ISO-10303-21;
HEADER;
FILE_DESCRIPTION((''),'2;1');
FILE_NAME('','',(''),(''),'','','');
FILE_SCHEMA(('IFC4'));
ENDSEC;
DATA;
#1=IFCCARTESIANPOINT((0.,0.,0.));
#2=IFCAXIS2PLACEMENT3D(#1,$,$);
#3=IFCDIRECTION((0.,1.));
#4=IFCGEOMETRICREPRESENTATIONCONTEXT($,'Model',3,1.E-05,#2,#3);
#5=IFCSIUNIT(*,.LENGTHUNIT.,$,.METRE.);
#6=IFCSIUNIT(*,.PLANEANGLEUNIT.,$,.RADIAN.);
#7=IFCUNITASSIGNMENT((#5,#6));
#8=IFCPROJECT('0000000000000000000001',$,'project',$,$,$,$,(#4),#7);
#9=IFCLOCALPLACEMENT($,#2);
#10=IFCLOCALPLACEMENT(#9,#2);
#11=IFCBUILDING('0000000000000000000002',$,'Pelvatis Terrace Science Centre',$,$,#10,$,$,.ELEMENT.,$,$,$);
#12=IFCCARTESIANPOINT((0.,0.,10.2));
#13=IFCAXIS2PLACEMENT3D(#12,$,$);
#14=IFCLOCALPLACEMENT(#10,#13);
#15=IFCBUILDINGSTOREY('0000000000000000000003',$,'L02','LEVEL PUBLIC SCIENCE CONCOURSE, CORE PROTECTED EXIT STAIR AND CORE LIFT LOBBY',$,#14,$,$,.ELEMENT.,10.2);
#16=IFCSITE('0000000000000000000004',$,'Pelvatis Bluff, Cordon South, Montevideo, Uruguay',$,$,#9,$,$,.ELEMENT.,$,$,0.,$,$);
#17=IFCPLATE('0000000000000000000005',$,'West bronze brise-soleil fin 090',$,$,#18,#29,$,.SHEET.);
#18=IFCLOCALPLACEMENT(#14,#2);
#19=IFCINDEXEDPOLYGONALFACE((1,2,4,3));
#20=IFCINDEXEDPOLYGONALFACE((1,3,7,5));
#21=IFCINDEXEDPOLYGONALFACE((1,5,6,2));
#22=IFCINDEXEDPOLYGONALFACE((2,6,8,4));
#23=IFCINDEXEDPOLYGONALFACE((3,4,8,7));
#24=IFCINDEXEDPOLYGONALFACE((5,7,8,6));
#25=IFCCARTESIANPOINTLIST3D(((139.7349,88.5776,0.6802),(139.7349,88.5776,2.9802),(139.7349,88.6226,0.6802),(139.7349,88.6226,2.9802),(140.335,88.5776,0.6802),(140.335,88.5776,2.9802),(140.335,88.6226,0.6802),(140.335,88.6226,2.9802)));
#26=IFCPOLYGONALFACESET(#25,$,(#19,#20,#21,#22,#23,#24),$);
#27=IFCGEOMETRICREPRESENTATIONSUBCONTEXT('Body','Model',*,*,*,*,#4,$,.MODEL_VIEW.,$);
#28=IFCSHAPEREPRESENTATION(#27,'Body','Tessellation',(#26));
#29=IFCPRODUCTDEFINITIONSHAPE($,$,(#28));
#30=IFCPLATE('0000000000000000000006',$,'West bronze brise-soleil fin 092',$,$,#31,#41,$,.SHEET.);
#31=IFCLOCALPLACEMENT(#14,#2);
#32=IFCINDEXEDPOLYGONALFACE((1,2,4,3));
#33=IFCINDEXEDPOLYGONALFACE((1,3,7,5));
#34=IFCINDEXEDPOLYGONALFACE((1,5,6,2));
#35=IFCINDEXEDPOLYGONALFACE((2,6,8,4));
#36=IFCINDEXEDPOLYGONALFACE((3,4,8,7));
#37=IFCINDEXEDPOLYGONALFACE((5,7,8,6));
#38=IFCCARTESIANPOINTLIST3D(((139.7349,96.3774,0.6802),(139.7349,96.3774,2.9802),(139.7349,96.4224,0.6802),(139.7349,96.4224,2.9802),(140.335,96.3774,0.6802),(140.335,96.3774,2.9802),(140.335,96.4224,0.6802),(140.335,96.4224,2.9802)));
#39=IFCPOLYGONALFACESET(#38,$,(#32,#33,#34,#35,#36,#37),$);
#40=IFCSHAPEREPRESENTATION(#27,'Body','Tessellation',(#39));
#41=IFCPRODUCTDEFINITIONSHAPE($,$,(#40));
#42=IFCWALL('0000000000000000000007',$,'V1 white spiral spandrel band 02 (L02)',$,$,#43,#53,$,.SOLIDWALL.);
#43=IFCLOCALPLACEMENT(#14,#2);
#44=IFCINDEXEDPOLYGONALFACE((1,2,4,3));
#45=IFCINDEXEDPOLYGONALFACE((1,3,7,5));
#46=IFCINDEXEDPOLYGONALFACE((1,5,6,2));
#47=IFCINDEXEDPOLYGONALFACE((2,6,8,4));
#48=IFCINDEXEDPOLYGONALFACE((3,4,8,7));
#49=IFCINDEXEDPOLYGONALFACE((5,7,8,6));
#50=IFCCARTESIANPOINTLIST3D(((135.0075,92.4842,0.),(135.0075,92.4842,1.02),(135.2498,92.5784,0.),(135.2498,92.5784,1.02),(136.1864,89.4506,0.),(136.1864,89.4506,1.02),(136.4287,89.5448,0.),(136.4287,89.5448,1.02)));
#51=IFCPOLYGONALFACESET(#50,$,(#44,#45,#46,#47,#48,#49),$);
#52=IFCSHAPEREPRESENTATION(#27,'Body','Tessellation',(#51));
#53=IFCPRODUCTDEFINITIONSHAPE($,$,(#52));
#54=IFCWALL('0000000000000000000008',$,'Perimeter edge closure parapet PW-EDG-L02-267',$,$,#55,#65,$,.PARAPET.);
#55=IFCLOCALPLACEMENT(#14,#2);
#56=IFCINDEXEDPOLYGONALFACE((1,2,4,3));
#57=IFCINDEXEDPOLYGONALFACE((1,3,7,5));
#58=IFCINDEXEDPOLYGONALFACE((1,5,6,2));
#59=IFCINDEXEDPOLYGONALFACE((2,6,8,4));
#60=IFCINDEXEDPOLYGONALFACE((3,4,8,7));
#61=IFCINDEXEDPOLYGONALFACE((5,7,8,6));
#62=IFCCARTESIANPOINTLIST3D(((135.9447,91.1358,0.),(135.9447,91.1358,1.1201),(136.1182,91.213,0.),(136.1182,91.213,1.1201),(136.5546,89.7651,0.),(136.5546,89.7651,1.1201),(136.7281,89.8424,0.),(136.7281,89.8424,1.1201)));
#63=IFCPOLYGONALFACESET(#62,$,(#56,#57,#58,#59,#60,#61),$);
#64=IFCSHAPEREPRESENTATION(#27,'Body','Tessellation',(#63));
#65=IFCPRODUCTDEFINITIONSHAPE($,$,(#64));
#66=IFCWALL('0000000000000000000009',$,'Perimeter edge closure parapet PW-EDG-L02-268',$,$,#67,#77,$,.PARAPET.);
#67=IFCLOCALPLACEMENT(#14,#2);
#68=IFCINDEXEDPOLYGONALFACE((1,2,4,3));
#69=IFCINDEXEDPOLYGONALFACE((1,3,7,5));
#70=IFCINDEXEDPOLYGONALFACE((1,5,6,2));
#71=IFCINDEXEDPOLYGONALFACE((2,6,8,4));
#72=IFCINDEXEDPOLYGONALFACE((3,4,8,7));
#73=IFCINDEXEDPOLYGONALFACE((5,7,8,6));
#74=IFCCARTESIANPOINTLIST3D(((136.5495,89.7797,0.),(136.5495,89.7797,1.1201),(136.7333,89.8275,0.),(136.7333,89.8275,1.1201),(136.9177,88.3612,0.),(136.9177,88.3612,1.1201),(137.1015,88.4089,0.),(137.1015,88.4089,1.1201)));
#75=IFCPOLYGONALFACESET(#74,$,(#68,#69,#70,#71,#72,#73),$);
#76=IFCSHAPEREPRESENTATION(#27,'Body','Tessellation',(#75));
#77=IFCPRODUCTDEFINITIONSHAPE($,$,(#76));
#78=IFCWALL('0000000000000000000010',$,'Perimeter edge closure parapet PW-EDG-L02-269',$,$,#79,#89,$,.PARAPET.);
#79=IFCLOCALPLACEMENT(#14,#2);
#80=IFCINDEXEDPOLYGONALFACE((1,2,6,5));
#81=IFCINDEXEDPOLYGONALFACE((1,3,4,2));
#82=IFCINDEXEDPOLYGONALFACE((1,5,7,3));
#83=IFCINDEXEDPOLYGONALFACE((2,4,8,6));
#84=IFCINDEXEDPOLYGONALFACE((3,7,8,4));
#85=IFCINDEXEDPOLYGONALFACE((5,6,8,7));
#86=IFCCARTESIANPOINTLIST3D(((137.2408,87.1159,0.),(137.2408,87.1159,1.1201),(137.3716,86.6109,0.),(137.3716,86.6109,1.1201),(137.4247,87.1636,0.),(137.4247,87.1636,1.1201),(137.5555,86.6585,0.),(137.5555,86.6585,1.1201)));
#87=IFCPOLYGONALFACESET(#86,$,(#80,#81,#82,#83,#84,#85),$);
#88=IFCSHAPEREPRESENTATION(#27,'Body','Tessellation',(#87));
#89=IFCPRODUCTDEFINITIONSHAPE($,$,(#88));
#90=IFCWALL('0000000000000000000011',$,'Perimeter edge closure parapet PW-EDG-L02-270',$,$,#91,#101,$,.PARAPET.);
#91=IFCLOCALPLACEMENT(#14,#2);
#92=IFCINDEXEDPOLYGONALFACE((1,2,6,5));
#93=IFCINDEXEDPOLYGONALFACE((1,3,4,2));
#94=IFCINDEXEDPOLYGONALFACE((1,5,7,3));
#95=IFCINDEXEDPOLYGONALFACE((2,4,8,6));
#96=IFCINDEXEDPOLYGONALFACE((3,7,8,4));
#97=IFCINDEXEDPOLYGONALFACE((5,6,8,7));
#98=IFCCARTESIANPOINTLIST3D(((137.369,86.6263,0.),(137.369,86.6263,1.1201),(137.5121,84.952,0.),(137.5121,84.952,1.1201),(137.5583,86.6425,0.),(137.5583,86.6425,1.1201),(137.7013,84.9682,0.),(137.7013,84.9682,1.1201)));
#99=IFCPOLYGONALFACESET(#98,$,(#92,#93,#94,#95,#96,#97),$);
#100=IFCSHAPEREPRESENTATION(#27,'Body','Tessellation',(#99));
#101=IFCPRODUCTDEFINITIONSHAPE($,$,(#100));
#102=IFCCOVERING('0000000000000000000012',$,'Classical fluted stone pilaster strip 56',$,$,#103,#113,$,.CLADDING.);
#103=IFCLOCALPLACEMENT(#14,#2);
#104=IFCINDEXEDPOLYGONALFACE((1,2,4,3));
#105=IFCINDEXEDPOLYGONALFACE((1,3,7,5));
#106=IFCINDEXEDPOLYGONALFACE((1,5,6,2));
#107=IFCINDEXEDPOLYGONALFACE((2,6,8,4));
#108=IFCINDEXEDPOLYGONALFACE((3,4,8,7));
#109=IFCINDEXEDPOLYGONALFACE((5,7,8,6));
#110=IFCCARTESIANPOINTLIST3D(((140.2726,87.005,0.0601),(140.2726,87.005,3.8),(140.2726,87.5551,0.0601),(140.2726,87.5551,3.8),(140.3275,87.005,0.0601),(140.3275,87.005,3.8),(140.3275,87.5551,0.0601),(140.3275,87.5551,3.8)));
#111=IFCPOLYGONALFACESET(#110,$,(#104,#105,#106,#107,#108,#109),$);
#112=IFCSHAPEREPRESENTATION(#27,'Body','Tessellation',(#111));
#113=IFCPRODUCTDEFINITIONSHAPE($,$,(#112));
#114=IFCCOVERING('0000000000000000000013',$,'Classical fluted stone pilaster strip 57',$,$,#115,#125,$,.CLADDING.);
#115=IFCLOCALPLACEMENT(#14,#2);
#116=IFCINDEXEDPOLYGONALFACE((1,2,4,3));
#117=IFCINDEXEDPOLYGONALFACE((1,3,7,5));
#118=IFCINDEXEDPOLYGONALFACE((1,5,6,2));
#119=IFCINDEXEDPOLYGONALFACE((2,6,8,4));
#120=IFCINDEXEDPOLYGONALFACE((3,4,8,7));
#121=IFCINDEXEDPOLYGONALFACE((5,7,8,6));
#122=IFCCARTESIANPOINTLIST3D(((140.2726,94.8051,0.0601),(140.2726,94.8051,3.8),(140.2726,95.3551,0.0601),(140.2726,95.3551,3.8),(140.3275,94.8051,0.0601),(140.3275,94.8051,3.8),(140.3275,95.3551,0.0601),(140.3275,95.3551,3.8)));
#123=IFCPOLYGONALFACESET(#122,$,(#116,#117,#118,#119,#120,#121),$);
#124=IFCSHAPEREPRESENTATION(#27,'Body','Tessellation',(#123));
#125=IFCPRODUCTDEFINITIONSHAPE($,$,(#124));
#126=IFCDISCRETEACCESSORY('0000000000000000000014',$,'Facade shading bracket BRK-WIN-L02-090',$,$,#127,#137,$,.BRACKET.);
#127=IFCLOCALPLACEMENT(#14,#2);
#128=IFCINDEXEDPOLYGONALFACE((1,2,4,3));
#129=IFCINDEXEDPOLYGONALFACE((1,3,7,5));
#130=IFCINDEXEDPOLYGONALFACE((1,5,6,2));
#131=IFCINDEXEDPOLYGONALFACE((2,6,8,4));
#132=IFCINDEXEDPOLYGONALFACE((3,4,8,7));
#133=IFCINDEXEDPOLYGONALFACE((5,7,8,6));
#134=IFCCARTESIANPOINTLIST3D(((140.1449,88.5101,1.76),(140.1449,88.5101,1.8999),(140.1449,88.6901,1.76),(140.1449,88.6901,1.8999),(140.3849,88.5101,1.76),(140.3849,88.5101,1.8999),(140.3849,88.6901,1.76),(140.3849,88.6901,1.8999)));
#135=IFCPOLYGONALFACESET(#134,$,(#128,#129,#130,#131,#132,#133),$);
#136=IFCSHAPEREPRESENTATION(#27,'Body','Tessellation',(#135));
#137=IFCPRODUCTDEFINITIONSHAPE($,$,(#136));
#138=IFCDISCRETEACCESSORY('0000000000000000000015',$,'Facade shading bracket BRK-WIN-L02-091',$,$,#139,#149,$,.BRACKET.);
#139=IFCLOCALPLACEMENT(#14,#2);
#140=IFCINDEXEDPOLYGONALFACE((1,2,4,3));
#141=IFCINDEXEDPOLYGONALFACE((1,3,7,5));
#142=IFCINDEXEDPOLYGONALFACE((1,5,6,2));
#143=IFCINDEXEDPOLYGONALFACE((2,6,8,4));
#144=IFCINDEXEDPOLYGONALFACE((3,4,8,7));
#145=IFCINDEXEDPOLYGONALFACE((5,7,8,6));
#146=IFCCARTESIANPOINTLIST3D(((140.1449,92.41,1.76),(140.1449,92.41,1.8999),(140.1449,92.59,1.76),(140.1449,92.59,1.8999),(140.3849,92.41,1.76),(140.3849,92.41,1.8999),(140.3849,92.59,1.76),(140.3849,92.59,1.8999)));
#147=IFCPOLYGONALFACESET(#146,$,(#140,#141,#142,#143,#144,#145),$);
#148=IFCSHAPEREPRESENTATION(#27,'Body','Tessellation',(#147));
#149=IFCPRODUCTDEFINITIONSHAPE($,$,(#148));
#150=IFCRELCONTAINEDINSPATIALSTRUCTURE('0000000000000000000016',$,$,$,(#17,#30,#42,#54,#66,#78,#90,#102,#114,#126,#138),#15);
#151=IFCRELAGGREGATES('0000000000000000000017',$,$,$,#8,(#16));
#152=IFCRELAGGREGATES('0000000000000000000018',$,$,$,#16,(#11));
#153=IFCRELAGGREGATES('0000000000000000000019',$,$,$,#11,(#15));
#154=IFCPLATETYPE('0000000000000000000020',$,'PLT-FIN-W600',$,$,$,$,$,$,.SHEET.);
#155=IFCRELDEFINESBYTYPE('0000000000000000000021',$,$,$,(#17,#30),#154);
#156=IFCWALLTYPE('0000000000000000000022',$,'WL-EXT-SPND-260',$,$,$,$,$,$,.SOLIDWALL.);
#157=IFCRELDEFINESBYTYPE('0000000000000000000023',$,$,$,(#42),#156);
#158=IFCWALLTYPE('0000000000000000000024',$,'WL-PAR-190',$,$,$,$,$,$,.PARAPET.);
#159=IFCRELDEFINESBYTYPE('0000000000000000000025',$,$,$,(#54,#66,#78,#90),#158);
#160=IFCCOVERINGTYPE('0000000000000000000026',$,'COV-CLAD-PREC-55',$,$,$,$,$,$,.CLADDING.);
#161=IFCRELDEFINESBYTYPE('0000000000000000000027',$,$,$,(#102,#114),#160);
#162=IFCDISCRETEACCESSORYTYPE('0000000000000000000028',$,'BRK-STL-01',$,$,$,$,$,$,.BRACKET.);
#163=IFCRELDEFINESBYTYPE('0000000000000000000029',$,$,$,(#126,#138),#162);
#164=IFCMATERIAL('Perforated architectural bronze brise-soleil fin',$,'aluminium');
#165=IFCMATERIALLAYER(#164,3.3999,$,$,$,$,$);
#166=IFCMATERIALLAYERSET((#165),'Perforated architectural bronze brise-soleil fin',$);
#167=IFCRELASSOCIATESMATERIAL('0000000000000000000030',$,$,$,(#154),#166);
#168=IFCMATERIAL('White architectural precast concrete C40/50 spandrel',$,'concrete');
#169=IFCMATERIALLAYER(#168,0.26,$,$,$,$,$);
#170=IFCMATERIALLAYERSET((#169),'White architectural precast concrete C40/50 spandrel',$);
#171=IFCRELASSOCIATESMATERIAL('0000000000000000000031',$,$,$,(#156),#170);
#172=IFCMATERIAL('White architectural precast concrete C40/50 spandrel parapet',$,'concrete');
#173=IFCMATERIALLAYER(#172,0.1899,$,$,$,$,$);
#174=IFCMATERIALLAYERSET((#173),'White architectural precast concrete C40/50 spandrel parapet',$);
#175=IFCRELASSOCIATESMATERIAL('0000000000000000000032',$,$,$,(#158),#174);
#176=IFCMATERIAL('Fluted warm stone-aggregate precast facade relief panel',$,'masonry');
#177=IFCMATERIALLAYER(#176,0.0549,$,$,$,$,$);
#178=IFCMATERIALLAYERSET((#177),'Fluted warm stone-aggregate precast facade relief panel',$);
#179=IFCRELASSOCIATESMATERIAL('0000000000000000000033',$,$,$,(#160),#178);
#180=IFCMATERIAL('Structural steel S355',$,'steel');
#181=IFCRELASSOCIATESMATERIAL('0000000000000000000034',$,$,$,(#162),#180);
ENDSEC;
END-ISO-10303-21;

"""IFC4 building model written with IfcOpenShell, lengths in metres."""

from ifc_helpers import new_model, si_unit, direction, frame, frame_2d, origin, origin_2d, place, context, subcontext, project, spatial, rectangle, extrude, material, layer, layer_set, type_object, element, save


model = new_model("IFC4")

# Units and contexts
model_context = context("Model", 3, precision=1e-05, world=origin(), true_north=direction((0.0, 1.0)))
body_context = subcontext(model_context, "Body", "Model", "MODEL_VIEW")
ifc_project = project(units=[si_unit("LENGTHUNIT", "METRE"), si_unit("PLANEANGLEUNIT", "RADIAN")], contexts=[model_context])

# Site, building, storey
site_placement = place(None, origin())
site = spatial("IfcSite", under=ifc_project, at=site_placement, Name="Pelvatis Bluff, Cordon South, Montevideo, Uruguay", CompositionType="ELEMENT", RefElevation=0.0)
building_placement = place(site_placement, origin())
building = spatial("IfcBuilding", under=site, at=building_placement, Name="Pelvatis Terrace Science Centre", CompositionType="ELEMENT")
storey_placement = place(building_placement, frame((0.0, 0.0, 10.2)))
storey = spatial("IfcBuildingStorey", under=building, at=storey_placement, Name="L02", Description="LEVEL PUBLIC SCIENCE CONCOURSE, CORE PROTECTED EXIT STAIR AND CORE LIFT LOBBY", CompositionType="ELEMENT", Elevation=10.2)

# Plates
ifc_material_1 = material(Name="Perforated architectural bronze brise-soleil fin", Category="aluminium")
ifc_layer_1 = layer(ifc_material_1, 3.3999)
ifc_layer_set_1 = layer_set([ifc_layer_1], Name="Perforated architectural bronze brise-soleil fin")
plate_type_1 = type_object("IfcPlateType", Name="PLT-FIN-W600", PredefinedType="SHEET", material=ifc_layer_set_1)
for number, where, z_axis, x_axis, name in (
    (1, (140.0349, 88.6001, 0.6802), (0.0, 0.0, 1.0), (1.0, 0.0, 0.0), "West bronze brise-soleil fin 090"),
    (2, (140.0349, 96.3999, 0.6802), (0.0, 0.0, 1.0), (1.0, 0.0, 0.0), "West bronze brise-soleil fin 092"),
):
    element("IfcPlate", number, at=place(storey_placement, frame(where, z_axis=z_axis, x_axis=x_axis)), inside=storey, type_object=plate_type_1, Name=name, PredefinedType="SHEET", context=body_context, shape_type="SweptSolid", body=[
        extrude(rectangle(XDim=0.6001, YDim=0.0449, at=origin_2d()), origin(), (0.0, 0.0, 1.0), 2.3),
    ])

# Walls
ifc_material_2 = material(Name="White architectural precast concrete C40/50 spandrel", Category="concrete")
ifc_layer_2 = layer(ifc_material_2, 0.26)
ifc_layer_set_2 = layer_set([ifc_layer_2], Name="White architectural precast concrete C40/50 spandrel")
wall_type_1 = type_object("IfcWallType", Name="WL-EXT-SPND-260", PredefinedType="SOLIDWALL", material=ifc_layer_set_2)
wall_1_placement = place(storey_placement, frame((136.3076, 89.4976, 0.0), z_axis=(0.0, 0.0, 1.0), x_axis=(-0.362229, 0.932089, 0.0)))
element("IfcWall", 3, at=wall_1_placement, inside=storey, type_object=wall_type_1, Name="V1 white spiral spandrel band 02 (L02)", PredefinedType="SOLIDWALL", context=body_context, shape_type="SweptSolid", body=[
    extrude(rectangle(XDim=3.2546, YDim=0.26, at=frame_2d((1.6274, 0.0))), origin(), (0.0, 0.0, 1.0), 1.02),
])
ifc_material_3 = material(Name="White architectural precast concrete C40/50 spandrel parapet", Category="concrete")
ifc_layer_3 = layer(ifc_material_3, 0.1899)
ifc_layer_set_3 = layer_set([ifc_layer_3], Name="White architectural precast concrete C40/50 spandrel parapet")
wall_type_2 = type_object("IfcWallType", Name="WL-PAR-190", PredefinedType="PARAPET", material=ifc_layer_set_3)
wall_2_placement = place(storey_placement, frame((136.0315, 91.1743, 0.0), z_axis=(0.0, 0.0, 1.0), x_axis=(0.406531, -0.913637, 0.0)))
element("IfcWall", 4, at=wall_2_placement, inside=storey, type_object=wall_type_2, Name="Perimeter edge closure parapet PW-EDG-L02-267", PredefinedType="PARAPET", context=body_context, shape_type="SweptSolid", body=[
    extrude(rectangle(XDim=1.5002, YDim=0.1899, at=frame_2d((0.75, 0.0))), origin(), (0.0, 0.0, 1.0), 1.1201),
])
wall_3_placement = place(storey_placement, frame((136.6414, 89.8037, 0.0), z_axis=(0.0, 0.0, 1.0), x_axis=(0.251228, -0.967928, 0.0)))
element("IfcWall", 5, at=wall_3_placement, inside=storey, type_object=wall_type_2, Name="Perimeter edge closure parapet PW-EDG-L02-268", PredefinedType="PARAPET", context=body_context, shape_type="SweptSolid", body=[
    extrude(rectangle(XDim=1.4656, YDim=0.1899, at=frame_2d((0.7329, 0.0))), origin(), (0.0, 0.0, 1.0), 1.1201),
])
wall_4_placement = place(storey_placement, frame((137.3328, 87.1396, 0.0), z_axis=(0.0, 0.0, 1.0), x_axis=(0.250784, -0.968043, 0.0)))
element("IfcWall", 6, at=wall_4_placement, inside=storey, type_object=wall_type_2, Name="Perimeter edge closure parapet PW-EDG-L02-269", PredefinedType="PARAPET", context=body_context, shape_type="SweptSolid", body=[
    extrude(rectangle(XDim=0.5217, YDim=0.1899, at=frame_2d((0.2607, 0.0))), origin(), (0.0, 0.0, 1.0), 1.1201),
])
wall_5_placement = place(storey_placement, frame((137.4636, 86.6345, 0.0), z_axis=(0.0, 0.0, 1.0), x_axis=(0.085137, -0.996369, 0.0)))
element("IfcWall", 7, at=wall_5_placement, inside=storey, type_object=wall_type_2, Name="Perimeter edge closure parapet PW-EDG-L02-270", PredefinedType="PARAPET", context=body_context, shape_type="SweptSolid", body=[
    extrude(rectangle(XDim=1.6804, YDim=0.1899, at=frame_2d((0.8403, 0.0))), origin(), (0.0, 0.0, 1.0), 1.1201),
])

# Coverings
ifc_material_4 = material(Name="Fluted warm stone-aggregate precast facade relief panel", Category="masonry")
ifc_layer_4 = layer(ifc_material_4, 0.0549)
ifc_layer_set_4 = layer_set([ifc_layer_4], Name="Fluted warm stone-aggregate precast facade relief panel")
covering_type = type_object("IfcCoveringType", Name="COV-CLAD-PREC-55", PredefinedType="CLADDING", material=ifc_layer_set_4)
for number, where, z_axis, x_axis, name in (
    (8, (140.3, 87.28, 0.0601), (0.0, 0.0, 1.0), (1.0, 0.0, 0.0), "Classical fluted stone pilaster strip 56"),
    (9, (140.3, 95.0801, 0.0601), (0.0, 0.0, 1.0), (1.0, 0.0, 0.0), "Classical fluted stone pilaster strip 57"),
):
    element("IfcCovering", number, at=place(storey_placement, frame(where, z_axis=z_axis, x_axis=x_axis)), inside=storey, type_object=covering_type, Name=name, PredefinedType="CLADDING", context=body_context, shape_type="SweptSolid", body=[
        extrude(rectangle(XDim=0.0549, YDim=0.55, at=origin_2d()), origin(), (0.0, 0.0, 1.0), 3.74),
    ])

# Discrete accessories
ifc_material_5 = material(Name="Structural steel S355", Category="steel")
discrete_accessory_type = type_object("IfcDiscreteAccessoryType", Name="BRK-STL-01", PredefinedType="BRACKET", material=ifc_material_5)
for number, where, name in (
    (10, (140.2649, 88.6001, 1.76), "Facade shading bracket BRK-WIN-L02-090"),
    (11, (140.2649, 92.5, 1.76), "Facade shading bracket BRK-WIN-L02-091"),
):
    element("IfcDiscreteAccessory", number, at=place(storey_placement, frame(where)), inside=storey, type_object=discrete_accessory_type, Name=name, PredefinedType="BRACKET", context=body_context, shape_type="SweptSolid", body=[
        extrude(rectangle(XDim=0.24, YDim=0.18, at=origin_2d()), origin(), (0.0, 0.0, 1.0), 0.1399),
    ])

save(model, "model.ifc")
